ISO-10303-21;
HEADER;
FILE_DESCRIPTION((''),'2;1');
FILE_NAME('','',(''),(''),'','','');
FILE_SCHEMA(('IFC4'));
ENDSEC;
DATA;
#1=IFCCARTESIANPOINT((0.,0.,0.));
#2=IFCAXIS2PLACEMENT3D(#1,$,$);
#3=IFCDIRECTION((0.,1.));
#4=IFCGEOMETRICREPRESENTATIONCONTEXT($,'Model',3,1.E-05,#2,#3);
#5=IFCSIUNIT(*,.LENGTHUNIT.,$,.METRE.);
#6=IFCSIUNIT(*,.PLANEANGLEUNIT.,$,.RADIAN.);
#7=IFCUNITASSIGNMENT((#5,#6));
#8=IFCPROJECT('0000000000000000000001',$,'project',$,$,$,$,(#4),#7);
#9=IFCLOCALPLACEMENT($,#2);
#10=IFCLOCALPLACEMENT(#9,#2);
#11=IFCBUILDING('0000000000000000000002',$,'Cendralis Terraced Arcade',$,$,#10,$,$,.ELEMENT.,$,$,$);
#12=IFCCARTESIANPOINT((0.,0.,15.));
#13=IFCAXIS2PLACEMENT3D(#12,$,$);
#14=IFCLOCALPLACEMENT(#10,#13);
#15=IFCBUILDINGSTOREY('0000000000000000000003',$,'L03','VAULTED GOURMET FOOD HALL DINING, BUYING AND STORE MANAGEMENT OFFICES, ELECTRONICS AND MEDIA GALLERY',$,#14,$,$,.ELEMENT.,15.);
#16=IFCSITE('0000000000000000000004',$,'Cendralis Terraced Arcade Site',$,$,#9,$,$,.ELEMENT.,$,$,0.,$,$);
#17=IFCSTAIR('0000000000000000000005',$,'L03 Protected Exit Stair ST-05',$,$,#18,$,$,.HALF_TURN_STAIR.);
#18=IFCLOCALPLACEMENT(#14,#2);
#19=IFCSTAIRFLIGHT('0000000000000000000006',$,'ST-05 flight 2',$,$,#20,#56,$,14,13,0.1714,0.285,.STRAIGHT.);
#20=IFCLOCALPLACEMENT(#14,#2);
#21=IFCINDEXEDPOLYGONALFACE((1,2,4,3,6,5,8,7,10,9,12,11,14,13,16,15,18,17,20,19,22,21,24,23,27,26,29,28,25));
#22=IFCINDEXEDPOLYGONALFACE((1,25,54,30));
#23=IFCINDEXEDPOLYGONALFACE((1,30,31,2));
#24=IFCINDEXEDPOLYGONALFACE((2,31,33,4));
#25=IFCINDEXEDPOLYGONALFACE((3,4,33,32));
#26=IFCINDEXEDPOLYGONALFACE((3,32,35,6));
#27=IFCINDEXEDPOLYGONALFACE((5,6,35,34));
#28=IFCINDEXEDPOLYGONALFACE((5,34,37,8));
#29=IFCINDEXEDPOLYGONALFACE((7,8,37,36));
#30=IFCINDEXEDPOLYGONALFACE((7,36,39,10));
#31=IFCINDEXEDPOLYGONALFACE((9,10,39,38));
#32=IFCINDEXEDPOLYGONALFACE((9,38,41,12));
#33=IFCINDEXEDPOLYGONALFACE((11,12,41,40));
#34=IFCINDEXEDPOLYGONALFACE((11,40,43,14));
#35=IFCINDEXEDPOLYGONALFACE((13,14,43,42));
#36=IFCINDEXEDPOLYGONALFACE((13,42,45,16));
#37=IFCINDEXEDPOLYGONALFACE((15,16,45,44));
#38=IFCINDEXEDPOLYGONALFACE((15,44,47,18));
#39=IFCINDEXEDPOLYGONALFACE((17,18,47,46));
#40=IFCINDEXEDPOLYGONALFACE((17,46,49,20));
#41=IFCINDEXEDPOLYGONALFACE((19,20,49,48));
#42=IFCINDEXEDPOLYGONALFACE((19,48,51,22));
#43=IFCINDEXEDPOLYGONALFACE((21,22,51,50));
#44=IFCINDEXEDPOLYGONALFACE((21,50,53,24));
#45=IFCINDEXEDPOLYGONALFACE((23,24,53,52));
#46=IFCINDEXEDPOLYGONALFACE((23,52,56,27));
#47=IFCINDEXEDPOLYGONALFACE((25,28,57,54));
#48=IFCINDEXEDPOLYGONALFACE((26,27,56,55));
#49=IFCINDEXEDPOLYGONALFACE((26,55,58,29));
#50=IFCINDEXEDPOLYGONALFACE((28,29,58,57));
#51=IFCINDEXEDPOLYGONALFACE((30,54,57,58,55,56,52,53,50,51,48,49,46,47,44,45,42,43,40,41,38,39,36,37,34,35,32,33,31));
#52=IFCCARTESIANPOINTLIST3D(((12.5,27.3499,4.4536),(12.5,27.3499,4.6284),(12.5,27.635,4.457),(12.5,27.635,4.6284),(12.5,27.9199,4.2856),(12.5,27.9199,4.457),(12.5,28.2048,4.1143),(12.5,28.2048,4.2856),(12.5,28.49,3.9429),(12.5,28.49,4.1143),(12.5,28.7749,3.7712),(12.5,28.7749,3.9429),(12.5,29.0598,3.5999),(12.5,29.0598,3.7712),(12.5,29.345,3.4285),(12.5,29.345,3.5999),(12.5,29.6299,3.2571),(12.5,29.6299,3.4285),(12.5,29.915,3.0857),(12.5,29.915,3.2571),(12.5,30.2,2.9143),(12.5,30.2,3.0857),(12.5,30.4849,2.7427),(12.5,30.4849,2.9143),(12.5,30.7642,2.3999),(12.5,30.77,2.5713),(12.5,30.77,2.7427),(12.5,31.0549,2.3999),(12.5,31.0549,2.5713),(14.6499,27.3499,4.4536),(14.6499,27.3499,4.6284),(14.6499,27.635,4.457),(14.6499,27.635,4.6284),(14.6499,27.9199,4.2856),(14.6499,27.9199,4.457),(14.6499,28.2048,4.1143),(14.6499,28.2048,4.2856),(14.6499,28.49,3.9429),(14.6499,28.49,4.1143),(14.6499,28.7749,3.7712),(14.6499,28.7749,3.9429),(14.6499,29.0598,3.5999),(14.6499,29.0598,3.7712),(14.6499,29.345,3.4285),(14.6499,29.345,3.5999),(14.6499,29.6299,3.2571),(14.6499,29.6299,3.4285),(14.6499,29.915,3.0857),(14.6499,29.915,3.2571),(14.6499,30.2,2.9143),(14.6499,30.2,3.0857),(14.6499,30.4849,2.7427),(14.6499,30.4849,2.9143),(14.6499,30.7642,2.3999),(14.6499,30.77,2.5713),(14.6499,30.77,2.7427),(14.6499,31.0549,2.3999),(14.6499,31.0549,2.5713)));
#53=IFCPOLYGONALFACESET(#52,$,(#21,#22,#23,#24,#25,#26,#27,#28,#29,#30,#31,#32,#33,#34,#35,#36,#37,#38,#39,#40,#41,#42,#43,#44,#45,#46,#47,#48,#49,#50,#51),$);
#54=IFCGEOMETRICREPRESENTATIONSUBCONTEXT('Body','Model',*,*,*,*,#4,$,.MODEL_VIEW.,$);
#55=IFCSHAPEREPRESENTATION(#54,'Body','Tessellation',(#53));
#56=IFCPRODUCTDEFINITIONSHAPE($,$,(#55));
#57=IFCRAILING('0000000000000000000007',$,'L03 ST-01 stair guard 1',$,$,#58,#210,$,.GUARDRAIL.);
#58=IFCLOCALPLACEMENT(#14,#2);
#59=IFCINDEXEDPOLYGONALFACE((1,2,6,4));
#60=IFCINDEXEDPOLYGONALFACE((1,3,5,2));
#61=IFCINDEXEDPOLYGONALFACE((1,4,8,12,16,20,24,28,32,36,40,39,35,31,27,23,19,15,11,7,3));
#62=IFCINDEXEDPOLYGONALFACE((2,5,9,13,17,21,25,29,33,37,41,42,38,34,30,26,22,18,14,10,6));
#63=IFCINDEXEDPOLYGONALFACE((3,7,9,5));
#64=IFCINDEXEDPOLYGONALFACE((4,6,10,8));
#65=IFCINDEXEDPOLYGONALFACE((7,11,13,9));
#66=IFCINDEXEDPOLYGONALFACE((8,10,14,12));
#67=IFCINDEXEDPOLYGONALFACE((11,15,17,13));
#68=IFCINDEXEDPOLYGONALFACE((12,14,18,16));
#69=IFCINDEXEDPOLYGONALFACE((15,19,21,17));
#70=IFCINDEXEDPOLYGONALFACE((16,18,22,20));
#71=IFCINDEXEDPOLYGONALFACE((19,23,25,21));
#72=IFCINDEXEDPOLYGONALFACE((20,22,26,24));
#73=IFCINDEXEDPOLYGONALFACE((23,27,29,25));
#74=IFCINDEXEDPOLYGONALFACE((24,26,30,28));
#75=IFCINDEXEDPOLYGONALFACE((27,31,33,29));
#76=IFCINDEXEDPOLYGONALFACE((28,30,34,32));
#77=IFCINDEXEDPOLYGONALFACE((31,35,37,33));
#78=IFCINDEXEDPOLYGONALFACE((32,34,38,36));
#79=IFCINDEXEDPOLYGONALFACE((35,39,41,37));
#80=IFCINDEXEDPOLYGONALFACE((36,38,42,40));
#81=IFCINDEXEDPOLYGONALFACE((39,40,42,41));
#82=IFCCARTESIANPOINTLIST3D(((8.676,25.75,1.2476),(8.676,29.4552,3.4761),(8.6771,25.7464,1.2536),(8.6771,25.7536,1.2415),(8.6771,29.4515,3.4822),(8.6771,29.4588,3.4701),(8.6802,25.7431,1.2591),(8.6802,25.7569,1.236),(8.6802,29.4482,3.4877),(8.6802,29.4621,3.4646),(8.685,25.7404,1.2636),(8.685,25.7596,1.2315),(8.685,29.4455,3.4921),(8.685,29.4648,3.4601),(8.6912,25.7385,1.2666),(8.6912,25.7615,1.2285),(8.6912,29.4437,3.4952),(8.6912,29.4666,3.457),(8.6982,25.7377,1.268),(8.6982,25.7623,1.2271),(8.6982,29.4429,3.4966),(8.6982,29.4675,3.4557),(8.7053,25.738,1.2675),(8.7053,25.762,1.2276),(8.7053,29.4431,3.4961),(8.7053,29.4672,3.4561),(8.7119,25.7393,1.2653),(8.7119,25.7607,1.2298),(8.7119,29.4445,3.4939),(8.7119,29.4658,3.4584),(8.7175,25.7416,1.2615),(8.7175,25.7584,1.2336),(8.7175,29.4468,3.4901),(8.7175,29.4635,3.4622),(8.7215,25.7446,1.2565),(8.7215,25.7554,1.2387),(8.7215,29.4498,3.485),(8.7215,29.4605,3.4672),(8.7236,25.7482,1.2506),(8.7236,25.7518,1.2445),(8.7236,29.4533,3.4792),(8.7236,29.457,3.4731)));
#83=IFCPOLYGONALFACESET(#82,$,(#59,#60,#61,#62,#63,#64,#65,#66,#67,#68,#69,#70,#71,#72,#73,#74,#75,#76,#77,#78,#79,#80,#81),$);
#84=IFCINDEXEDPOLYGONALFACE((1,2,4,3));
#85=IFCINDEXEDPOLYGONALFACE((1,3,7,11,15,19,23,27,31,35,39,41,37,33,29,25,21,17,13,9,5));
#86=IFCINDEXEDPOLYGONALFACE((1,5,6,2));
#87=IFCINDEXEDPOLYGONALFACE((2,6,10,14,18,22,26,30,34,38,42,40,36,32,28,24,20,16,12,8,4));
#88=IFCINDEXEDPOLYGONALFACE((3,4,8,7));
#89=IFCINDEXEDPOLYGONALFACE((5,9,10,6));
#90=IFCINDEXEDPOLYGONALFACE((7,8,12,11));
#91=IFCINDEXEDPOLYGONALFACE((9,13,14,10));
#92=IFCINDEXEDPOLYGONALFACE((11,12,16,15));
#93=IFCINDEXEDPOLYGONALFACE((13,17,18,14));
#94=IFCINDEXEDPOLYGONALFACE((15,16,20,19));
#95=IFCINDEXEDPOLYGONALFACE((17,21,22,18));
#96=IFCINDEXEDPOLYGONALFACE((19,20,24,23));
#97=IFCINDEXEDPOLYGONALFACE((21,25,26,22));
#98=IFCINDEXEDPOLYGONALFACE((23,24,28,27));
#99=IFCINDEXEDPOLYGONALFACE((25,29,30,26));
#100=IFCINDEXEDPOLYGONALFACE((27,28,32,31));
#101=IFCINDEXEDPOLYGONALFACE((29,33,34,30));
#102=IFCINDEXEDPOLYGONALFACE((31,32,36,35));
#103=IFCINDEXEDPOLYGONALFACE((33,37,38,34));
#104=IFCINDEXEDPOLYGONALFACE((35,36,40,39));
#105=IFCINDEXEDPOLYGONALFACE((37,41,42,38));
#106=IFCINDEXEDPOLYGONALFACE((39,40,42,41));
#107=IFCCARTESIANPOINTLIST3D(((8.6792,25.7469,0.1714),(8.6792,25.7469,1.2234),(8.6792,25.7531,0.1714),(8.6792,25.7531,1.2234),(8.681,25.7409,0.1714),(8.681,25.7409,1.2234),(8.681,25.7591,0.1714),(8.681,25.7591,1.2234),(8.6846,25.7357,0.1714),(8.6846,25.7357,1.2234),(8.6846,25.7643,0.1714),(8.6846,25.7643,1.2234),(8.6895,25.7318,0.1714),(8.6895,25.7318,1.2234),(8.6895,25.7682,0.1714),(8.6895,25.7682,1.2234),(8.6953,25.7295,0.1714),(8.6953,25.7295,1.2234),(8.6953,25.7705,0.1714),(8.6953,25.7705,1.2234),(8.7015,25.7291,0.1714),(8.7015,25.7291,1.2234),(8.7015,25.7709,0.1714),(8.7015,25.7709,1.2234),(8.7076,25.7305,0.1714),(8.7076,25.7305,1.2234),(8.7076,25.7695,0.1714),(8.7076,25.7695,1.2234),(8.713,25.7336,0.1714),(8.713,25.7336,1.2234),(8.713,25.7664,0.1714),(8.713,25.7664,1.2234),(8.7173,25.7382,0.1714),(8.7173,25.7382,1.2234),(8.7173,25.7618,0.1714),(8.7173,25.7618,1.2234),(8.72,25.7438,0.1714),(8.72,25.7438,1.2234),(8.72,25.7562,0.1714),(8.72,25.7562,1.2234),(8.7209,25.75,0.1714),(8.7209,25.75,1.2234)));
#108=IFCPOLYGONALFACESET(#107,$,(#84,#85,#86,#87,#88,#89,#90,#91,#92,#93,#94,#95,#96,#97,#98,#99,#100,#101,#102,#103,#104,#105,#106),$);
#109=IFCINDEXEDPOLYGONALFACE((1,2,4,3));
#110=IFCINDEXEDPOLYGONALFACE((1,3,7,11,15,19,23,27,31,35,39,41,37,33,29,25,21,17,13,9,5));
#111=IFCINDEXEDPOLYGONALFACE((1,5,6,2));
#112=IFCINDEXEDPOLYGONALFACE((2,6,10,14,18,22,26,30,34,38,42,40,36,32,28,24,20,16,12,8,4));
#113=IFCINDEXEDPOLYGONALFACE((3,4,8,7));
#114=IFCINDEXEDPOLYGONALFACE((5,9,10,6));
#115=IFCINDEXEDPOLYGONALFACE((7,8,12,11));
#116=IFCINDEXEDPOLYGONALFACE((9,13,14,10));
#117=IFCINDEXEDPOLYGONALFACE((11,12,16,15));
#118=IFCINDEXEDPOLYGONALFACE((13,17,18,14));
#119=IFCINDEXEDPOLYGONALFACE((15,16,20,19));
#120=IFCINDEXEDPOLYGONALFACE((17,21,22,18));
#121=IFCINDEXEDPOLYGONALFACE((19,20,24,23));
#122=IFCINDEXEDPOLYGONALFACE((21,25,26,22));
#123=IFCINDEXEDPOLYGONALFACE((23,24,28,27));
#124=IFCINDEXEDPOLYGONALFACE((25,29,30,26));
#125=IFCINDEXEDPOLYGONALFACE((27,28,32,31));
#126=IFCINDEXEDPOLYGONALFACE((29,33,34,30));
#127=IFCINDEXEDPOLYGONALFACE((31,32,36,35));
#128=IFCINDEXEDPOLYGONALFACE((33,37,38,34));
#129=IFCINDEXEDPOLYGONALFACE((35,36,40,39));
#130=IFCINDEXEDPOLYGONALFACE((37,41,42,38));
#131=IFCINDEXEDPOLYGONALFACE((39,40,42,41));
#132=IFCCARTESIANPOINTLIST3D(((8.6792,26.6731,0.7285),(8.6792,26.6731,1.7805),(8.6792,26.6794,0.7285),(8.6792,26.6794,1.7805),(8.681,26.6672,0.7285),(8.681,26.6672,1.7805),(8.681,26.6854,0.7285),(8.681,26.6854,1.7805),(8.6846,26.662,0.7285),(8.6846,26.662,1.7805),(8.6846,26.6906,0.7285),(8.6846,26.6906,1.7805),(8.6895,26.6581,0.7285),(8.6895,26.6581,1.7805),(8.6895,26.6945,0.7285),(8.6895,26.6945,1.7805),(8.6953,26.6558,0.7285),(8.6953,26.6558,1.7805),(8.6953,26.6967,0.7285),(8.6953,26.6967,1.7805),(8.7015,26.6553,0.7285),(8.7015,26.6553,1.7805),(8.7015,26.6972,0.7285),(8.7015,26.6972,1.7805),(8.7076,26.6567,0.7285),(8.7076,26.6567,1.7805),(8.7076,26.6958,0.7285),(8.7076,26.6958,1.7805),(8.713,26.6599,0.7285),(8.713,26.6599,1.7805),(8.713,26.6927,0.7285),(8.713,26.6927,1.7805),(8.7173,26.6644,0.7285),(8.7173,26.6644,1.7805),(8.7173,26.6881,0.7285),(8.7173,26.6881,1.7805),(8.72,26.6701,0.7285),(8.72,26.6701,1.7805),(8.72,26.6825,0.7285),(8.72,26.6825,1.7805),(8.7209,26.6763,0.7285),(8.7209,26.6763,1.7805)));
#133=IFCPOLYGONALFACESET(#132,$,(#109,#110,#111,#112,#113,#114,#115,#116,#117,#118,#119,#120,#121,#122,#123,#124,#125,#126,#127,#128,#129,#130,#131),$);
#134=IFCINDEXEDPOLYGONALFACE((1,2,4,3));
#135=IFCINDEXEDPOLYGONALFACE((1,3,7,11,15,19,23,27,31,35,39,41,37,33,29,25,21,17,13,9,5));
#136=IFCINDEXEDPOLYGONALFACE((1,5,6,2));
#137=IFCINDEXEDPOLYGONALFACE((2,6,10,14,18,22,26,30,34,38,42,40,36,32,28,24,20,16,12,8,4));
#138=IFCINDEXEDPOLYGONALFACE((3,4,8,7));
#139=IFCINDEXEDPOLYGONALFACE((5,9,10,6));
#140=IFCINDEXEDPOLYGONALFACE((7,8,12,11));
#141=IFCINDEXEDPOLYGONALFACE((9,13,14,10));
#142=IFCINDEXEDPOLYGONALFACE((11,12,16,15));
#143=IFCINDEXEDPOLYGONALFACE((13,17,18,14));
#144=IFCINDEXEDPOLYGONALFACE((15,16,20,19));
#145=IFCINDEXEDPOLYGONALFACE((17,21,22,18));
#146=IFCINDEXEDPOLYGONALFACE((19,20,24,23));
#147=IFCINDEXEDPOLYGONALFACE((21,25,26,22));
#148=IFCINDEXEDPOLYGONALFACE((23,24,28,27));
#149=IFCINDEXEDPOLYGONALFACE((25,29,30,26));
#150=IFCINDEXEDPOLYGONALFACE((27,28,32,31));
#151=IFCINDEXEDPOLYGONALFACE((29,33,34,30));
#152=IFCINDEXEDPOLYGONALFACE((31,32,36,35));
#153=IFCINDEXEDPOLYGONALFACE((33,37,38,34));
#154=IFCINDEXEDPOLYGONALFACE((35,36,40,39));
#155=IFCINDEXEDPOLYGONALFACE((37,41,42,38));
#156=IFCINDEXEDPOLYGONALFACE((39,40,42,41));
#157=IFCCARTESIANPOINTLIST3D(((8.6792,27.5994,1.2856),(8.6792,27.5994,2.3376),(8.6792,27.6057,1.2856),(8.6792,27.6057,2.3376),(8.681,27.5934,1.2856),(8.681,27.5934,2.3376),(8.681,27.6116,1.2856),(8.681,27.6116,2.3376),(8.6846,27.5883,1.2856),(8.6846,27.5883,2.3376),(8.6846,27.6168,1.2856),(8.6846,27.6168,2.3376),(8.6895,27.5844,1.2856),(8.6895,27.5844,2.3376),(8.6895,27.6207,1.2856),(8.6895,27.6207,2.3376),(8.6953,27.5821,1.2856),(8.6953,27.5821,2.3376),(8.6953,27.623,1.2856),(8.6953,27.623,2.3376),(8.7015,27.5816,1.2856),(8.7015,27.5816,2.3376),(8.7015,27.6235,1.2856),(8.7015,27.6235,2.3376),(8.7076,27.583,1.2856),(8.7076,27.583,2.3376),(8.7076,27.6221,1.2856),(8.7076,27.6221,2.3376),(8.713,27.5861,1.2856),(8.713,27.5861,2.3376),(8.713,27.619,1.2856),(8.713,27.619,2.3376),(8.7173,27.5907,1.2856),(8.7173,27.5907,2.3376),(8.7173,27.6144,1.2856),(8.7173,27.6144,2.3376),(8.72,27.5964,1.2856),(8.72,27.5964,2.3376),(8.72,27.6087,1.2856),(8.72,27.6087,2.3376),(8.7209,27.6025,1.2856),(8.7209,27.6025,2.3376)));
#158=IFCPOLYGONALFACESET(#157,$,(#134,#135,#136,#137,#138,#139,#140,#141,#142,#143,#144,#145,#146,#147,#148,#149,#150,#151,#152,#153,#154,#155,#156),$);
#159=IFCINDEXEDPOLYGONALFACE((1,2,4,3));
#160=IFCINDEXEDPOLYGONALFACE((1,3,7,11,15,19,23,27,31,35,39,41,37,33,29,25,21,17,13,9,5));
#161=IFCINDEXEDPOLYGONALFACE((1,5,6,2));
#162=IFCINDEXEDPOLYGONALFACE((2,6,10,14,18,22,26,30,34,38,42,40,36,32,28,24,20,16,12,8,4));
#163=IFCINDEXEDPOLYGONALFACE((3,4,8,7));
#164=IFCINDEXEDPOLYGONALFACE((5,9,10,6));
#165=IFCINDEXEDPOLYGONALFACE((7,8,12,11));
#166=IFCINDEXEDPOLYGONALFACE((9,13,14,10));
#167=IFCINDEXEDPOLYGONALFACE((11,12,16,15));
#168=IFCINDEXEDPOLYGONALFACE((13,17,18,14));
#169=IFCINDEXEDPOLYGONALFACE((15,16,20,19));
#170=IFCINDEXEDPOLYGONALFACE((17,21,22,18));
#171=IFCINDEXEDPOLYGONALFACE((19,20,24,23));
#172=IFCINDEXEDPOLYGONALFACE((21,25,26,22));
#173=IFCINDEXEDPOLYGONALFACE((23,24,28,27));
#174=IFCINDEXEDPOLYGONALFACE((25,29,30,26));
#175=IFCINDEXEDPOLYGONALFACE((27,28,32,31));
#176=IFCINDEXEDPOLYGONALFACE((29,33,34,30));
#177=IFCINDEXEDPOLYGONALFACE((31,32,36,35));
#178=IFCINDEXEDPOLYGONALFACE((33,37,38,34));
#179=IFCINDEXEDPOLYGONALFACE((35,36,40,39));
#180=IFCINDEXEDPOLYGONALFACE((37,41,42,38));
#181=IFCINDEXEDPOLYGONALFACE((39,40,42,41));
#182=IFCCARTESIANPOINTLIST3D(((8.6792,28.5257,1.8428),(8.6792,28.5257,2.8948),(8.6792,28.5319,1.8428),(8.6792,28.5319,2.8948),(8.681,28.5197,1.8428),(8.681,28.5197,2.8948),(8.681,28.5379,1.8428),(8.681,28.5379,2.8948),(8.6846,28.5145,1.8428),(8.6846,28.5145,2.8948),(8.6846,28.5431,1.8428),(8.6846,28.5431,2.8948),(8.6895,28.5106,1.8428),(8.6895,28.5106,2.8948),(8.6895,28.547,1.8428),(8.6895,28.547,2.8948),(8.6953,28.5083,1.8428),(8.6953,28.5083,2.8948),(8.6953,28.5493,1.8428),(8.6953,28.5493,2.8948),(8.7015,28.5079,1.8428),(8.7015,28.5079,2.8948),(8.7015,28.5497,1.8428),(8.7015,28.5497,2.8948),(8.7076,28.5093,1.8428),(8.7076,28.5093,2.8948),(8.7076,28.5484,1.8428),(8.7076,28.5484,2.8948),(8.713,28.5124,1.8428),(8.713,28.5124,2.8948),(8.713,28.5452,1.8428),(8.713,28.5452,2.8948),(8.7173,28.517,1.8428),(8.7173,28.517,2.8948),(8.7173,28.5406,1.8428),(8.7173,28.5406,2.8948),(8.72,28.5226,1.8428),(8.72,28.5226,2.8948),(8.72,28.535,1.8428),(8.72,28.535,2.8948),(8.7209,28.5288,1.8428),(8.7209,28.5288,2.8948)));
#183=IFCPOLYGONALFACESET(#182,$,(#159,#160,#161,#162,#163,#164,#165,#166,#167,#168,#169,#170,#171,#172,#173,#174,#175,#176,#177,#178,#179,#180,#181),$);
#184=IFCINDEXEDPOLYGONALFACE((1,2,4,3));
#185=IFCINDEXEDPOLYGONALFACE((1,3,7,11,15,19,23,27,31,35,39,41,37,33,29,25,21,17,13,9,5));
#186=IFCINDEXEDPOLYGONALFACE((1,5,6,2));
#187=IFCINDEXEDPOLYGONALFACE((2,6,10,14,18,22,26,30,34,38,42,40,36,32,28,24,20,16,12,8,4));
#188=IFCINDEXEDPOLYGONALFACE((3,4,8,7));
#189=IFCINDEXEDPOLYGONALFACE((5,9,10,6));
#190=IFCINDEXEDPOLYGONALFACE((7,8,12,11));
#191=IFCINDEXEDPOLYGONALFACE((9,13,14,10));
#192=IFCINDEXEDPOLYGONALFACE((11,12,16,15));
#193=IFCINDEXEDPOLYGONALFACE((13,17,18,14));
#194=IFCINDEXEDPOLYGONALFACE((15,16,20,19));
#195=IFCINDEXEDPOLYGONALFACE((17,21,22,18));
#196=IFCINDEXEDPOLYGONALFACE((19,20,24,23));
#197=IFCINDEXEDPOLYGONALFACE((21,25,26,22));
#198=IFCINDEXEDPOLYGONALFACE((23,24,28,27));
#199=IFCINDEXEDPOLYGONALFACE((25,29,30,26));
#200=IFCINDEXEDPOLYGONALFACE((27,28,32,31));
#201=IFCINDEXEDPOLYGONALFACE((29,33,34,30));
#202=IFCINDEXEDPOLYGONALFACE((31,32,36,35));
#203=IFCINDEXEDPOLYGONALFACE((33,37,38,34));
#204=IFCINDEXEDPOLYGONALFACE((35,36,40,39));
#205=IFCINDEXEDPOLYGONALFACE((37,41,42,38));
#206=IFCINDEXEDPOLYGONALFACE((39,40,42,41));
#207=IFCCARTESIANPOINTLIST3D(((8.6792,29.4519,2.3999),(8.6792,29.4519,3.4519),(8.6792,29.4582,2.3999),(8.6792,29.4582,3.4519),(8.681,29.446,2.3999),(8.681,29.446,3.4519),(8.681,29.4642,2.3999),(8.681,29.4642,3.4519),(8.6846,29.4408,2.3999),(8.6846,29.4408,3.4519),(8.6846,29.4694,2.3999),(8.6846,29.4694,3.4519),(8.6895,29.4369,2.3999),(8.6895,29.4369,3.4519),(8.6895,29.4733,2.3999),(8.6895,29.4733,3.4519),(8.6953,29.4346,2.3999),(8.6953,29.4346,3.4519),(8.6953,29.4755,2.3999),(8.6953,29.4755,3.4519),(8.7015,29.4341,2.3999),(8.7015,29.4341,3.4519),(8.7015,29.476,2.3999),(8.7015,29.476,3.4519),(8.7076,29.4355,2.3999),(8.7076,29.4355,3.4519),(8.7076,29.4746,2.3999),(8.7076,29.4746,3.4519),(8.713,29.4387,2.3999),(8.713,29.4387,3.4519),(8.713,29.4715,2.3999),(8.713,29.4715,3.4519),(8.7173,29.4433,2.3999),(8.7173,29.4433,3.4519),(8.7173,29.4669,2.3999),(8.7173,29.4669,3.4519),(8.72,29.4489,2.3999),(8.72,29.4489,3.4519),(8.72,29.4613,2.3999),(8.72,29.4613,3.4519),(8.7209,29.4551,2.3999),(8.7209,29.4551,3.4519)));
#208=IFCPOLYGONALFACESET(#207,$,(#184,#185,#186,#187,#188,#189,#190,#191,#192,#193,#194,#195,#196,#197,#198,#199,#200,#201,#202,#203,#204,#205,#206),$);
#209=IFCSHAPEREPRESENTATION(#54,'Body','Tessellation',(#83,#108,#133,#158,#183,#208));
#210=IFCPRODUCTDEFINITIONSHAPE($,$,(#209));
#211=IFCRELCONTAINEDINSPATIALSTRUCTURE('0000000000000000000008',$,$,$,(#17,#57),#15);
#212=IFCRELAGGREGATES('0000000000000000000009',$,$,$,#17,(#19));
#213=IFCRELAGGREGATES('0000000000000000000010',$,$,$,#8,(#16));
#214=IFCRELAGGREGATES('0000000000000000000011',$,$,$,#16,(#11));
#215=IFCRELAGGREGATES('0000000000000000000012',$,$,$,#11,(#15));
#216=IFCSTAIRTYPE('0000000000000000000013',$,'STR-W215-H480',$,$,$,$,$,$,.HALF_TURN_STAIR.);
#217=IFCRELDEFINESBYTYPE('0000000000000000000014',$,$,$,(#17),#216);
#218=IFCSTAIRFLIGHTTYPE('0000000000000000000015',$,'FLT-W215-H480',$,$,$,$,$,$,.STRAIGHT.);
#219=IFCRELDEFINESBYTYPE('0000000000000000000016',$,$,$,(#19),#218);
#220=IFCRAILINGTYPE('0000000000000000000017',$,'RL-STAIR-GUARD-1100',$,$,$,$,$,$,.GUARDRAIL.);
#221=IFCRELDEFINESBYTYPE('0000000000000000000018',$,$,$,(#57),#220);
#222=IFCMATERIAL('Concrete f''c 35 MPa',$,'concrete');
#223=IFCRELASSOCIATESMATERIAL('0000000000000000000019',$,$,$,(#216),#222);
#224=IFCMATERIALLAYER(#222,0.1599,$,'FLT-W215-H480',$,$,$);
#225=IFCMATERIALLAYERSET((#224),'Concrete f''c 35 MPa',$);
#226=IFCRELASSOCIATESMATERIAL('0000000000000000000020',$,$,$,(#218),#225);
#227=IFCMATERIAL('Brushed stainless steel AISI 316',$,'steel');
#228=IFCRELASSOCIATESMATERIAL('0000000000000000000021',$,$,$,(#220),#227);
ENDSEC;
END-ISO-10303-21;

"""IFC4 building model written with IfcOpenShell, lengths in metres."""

from ifc_helpers import new_model, si_unit, direction, frame, origin, origin_2d, place, context, subcontext, project, spatial, polyline, circle, outline, extrude, material, layer, layer_set, type_object, element, aggregate, save


model = new_model("IFC4")

# Units and contexts
model_context = context("Model", 3, precision=1e-05, world=origin(), true_north=direction((0.0, 1.0)))
body_context = subcontext(model_context, "Body", "Model", "MODEL_VIEW")
ifc_project = project(units=[si_unit("LENGTHUNIT", "METRE"), si_unit("PLANEANGLEUNIT", "RADIAN")], contexts=[model_context])

# Site, building, storey
site_placement = place(None, origin())
site = spatial("IfcSite", under=ifc_project, at=site_placement, Name="Cendralis Terraced Arcade Site", CompositionType="ELEMENT", RefElevation=0.0)
building_placement = place(site_placement, origin())
building = spatial("IfcBuilding", under=site, at=building_placement, Name="Cendralis Terraced Arcade", CompositionType="ELEMENT")
storey_placement = place(building_placement, frame((0.0, 0.0, 15.0)))
storey = spatial("IfcBuildingStorey", under=building, at=storey_placement, Name="L03", Description="VAULTED GOURMET FOOD HALL DINING, BUYING AND STORE MANAGEMENT OFFICES, ELECTRONICS AND MEDIA GALLERY", CompositionType="ELEMENT", Elevation=15.0)

# Shared definitions
ifc_material_1 = material(Name="Concrete f'c 35 MPa", Category="concrete")

# Stair, stair flight
stair_type = type_object("IfcStairType", Name="STR-W215-H480", PredefinedType="HALF_TURN_STAIR", material=ifc_material_1)
ifc_layer_1 = layer(ifc_material_1, 0.1599, Name="FLT-W215-H480")
ifc_layer_set_1 = layer_set([ifc_layer_1], Name="Concrete f'c 35 MPa")
stair_flight_type = type_object("IfcStairFlightType", Name="FLT-W215-H480", PredefinedType="STRAIGHT", material=ifc_layer_set_1)
stair_1_placement = place(storey_placement, origin())
stair_1 = element("IfcStair", 1, at=stair_1_placement, inside=storey, type_object=stair_type, Name="L03 Protected Exit Stair ST-05", PredefinedType="HALF_TURN_STAIR")
stair_flight_1_placement = place(storey_placement, frame((13.575, 31.0549, 2.3999), z_axis=(0.0, 0.0, 1.0), x_axis=(0.0, -1.0, 0.0)))
stair_flight_1 = element("IfcStairFlight", 2, at=stair_flight_1_placement, type_object=stair_flight_type, Name="ST-05 flight 2", NumberOfRisers=14, NumberOfTreads=13, PredefinedType="STRAIGHT", RiserHeight=0.1714, TreadLength=0.285, context=body_context, shape_type="SweptSolid", body=[
    extrude(outline(polyline([(0.0, 0.0), (0.0, 0.1714), (0.2849, 0.1714), (0.2849, 0.3428), (0.5701, 0.3428), (0.5701, 0.5144), (0.855, 0.5144), (0.855, 0.6858), (1.1399, 0.6858), (1.1399, 0.8572), (1.425, 0.8572), (1.425, 1.0286), (1.71, 1.0286), (1.71, 1.2), (1.9951, 1.2), (1.9951, 1.3713), (2.28, 1.3713), (2.28, 1.543), (2.5649, 1.543), (2.5649, 1.7144), (2.8501, 1.7144), (2.8501, 1.8857), (3.135, 1.8857), (3.135, 2.0571), (3.4199, 2.0571), (3.4199, 2.2285), (3.7051, 2.2285), (3.7051, 2.3999), (3.7051, 2.0537), (0.2908, 0.0), (0.0, 0.0)])), frame((0.0, 1.075, 0.0), z_axis=(0.0, -1.0, 0.0), x_axis=(1.0, 0.0, 0.0)), (0.0, 0.0, 1.0), 2.1499),
])
aggregate(stair_1, [stair_flight_1])

# Railing
ifc_material_2 = material(Name="Brushed stainless steel AISI 316", Category="steel")
railing_type_1 = type_object("IfcRailingType", Name="RL-STAIR-GUARD-1100", PredefinedType="GUARDRAIL", material=ifc_material_2)
railing_1_placement = place(storey_placement, frame((8.7, 25.75, 0.1714)))
element("IfcRailing", 3, at=railing_1_placement, inside=storey, type_object=railing_type_1, Name="L03 ST-01 stair guard 1", PredefinedType="GUARDRAIL", context=body_context, shape_type="SweptSolid", body=[
    extrude(circle(Radius=0.0239, at=origin_2d()), frame((0.0, 0.0, 1.0762), z_axis=(0.0, 0.856934, 0.515425), x_axis=(-1.0, 0.0, 0.0)), (0.0, 0.0, 1.0), 4.3237),
    extrude(circle(Radius=0.021, at=origin_2d()), origin(), (0.0, 0.0, 1.0), 1.052),
    extrude(circle(Radius=0.021, at=origin_2d()), frame((0.0, 0.9263, 0.5571)), (0.0, 0.0, 1.0), 1.052),
    extrude(circle(Radius=0.021, at=origin_2d()), frame((0.0, 1.8525, 1.1143)), (0.0, 0.0, 1.0), 1.052),
    extrude(circle(Radius=0.021, at=origin_2d()), frame((0.0, 2.7788, 1.6714)), (0.0, 0.0, 1.0), 1.052),
    extrude(circle(Radius=0.021, at=origin_2d()), frame((0.0, 3.7051, 2.2285)), (0.0, 0.0, 1.0), 1.052),
])

save(model, "model.ifc")
